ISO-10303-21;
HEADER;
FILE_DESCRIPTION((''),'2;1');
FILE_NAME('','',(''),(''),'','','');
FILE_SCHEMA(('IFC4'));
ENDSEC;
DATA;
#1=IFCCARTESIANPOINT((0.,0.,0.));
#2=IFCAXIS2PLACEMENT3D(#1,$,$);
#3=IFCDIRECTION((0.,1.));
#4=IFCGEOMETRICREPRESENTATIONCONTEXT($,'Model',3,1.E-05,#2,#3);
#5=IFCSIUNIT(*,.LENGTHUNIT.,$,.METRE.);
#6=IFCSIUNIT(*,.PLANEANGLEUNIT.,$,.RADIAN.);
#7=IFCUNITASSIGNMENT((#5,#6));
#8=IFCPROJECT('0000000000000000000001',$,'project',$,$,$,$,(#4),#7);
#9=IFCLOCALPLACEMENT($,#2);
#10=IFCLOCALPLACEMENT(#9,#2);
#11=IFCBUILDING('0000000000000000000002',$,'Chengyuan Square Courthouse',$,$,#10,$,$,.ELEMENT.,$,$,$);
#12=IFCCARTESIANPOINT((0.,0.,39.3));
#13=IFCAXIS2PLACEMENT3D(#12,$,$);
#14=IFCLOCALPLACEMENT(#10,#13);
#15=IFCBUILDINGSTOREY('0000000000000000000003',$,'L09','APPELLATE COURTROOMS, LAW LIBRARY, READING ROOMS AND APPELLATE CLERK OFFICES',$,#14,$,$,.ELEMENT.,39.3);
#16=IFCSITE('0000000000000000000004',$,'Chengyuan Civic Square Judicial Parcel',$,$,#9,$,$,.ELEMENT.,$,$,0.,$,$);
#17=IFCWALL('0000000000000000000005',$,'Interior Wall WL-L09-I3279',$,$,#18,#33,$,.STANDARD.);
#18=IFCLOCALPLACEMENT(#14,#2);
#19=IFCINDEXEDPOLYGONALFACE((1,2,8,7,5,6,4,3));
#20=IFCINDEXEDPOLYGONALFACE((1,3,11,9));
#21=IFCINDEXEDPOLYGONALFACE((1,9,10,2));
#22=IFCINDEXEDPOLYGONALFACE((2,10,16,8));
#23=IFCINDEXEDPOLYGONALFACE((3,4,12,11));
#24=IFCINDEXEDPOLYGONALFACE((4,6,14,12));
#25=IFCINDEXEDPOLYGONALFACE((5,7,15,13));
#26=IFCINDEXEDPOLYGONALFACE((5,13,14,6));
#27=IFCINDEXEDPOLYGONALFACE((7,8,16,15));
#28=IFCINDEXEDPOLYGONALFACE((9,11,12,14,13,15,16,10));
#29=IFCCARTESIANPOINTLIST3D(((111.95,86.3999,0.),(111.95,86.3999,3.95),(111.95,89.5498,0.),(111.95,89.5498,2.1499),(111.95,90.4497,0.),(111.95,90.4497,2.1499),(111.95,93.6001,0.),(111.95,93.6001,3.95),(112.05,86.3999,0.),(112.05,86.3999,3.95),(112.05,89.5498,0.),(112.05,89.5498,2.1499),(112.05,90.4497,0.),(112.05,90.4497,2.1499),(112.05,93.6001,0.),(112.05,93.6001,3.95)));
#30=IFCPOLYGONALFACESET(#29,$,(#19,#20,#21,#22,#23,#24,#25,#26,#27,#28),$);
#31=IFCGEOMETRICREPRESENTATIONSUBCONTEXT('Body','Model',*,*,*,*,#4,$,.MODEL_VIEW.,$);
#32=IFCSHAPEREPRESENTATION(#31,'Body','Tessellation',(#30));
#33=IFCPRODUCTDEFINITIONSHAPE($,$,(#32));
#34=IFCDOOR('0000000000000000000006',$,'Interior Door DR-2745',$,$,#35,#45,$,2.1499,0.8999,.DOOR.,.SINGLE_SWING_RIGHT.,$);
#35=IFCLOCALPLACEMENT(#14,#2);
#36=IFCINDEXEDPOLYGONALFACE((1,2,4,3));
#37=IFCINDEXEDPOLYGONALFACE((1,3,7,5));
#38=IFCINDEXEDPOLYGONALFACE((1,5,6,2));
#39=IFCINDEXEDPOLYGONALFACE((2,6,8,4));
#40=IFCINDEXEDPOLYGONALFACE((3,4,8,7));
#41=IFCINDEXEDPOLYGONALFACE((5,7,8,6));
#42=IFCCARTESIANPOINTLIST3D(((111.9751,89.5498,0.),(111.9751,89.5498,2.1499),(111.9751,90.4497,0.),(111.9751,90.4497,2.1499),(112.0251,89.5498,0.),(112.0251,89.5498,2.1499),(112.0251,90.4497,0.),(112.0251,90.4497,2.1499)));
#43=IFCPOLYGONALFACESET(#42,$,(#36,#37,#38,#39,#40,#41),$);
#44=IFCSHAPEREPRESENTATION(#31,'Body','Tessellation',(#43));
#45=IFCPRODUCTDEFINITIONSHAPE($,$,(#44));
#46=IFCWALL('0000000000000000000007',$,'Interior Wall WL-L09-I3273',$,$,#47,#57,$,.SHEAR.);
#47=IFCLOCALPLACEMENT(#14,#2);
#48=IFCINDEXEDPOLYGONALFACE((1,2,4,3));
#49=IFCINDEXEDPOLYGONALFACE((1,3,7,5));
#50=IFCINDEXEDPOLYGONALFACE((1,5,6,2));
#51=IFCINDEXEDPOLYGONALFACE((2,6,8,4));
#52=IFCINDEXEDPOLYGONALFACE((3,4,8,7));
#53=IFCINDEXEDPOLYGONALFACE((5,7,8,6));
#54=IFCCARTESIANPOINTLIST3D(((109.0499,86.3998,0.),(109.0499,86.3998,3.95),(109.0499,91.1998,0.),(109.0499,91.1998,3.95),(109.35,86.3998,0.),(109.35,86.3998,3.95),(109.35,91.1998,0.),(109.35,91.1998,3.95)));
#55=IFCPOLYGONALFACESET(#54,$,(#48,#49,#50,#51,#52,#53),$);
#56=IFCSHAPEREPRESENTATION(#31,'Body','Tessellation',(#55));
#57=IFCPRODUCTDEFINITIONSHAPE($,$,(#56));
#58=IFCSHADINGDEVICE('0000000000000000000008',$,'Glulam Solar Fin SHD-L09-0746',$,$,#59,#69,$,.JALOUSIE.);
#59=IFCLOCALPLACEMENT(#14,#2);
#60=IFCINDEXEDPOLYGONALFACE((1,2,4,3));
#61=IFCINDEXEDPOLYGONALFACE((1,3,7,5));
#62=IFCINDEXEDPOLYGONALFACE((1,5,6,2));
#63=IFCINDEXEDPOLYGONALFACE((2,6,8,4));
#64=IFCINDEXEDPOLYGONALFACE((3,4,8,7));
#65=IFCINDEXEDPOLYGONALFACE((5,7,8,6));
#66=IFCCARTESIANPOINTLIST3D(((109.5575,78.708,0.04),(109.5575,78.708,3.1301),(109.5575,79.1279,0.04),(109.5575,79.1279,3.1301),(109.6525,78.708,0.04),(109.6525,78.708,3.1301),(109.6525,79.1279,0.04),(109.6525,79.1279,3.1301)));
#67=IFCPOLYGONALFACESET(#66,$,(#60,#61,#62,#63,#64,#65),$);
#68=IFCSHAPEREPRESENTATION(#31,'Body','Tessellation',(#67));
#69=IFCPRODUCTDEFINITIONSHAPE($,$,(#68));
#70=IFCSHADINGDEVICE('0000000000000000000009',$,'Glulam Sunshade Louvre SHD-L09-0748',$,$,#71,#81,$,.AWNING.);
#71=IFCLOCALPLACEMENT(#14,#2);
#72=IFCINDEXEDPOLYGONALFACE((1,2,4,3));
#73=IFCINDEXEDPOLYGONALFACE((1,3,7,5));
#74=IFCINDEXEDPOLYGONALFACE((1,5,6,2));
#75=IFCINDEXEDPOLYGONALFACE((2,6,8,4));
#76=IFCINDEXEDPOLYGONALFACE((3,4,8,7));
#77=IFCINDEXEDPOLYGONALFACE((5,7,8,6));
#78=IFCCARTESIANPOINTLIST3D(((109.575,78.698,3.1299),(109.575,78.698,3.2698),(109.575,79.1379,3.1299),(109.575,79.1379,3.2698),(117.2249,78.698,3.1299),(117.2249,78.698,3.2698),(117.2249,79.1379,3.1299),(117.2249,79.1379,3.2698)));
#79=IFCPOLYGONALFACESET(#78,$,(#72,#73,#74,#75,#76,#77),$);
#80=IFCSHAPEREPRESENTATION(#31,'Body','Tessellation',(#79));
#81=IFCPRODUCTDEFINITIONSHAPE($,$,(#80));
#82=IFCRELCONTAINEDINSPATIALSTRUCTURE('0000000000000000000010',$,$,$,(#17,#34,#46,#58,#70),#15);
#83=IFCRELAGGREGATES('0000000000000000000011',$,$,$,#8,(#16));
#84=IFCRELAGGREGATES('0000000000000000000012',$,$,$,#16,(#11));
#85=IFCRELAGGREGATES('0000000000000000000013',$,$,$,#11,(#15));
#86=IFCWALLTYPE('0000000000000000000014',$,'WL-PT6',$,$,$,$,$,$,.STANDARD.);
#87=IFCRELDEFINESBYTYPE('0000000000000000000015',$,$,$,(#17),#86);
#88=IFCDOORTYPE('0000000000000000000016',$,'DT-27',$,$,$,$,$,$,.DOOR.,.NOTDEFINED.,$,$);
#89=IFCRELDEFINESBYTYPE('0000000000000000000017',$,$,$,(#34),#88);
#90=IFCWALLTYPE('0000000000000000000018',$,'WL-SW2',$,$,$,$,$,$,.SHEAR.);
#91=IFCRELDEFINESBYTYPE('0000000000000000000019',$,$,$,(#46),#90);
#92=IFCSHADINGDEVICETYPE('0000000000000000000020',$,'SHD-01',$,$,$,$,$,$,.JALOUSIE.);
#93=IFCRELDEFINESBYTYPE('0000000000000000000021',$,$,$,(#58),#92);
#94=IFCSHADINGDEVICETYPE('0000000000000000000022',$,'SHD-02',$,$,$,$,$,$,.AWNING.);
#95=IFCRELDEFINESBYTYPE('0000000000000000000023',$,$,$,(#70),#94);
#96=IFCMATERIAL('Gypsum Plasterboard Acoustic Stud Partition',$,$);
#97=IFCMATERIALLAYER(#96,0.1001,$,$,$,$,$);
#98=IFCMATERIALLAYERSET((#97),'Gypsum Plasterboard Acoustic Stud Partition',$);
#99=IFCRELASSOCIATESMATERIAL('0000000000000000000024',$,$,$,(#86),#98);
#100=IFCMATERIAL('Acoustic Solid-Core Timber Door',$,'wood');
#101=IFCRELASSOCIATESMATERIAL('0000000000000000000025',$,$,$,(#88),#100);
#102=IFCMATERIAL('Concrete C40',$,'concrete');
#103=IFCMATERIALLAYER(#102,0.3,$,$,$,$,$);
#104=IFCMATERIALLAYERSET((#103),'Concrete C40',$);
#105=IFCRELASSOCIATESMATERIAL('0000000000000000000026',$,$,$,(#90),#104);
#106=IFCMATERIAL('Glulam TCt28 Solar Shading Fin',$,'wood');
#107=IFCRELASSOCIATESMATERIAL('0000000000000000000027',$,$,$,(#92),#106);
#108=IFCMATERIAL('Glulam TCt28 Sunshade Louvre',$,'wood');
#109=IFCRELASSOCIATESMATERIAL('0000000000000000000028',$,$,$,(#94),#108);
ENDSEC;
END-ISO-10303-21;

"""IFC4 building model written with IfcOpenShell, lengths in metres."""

from ifc_helpers import new_model, si_unit, direction, frame, frame_2d, origin, origin_2d, place, context, subcontext, project, spatial, rectangle, extrude, material, layer, layer_set, type_object, element, fill, save


model = new_model("IFC4")

# Units and contexts
model_context = context("Model", 3, precision=1e-05, world=origin(), true_north=direction((0.0, 1.0)))
body_context = subcontext(model_context, "Body", "Model", "MODEL_VIEW")
ifc_project = project(units=[si_unit("LENGTHUNIT", "METRE"), si_unit("PLANEANGLEUNIT", "RADIAN")], contexts=[model_context])

# Site, building, storey
site_placement = place(None, origin())
site = spatial("IfcSite", under=ifc_project, at=site_placement, Name="Chengyuan Civic Square Judicial Parcel", CompositionType="ELEMENT", RefElevation=0.0)
building_placement = place(site_placement, origin())
building = spatial("IfcBuilding", under=site, at=building_placement, Name="Chengyuan Square Courthouse", CompositionType="ELEMENT")
storey_placement = place(building_placement, frame((0.0, 0.0, 39.3)))
storey = spatial("IfcBuildingStorey", under=building, at=storey_placement, Name="L09", Description="APPELLATE COURTROOMS, LAW LIBRARY, READING ROOMS AND APPELLATE CLERK OFFICES", CompositionType="ELEMENT", Elevation=39.3)

# Shared definitions
ifc_material_1 = material(Name="Concrete C40", Category="concrete")

# Shared definitions
ifc_material_2 = material(Name="Gypsum Plasterboard Acoustic Stud Partition")
ifc_layer_1 = layer(ifc_material_2, 0.1001)
ifc_layer_set_1 = layer_set([ifc_layer_1], Name="Gypsum Plasterboard Acoustic Stud Partition")
wall_type_1 = type_object("IfcWallType", Name="WL-PT6", PredefinedType="STANDARD", material=ifc_layer_set_1)
ifc_material_3 = material(Name="Acoustic Solid-Core Timber Door", Category="wood")

# Wall, opening, door
wall_1_placement = place(storey_placement, frame((112.0, 86.3999, 0.0), z_axis=(0.0, 0.0, 1.0), x_axis=(0.0, 1.0, 0.0)))
wall_1 = element("IfcWall", 1, at=wall_1_placement, inside=storey, type_object=wall_type_1, Name="Interior Wall WL-L09-I3279", PredefinedType="STANDARD", context=body_context, shape_type="SweptSolid", body=[
    extrude(rectangle(XDim=7.2002, YDim=0.1001, at=frame_2d((3.6001, 0.0))), origin(), (0.0, 0.0, 1.0), 3.95),
])
opening_1_placement = place(wall_1_placement, frame((3.1499, 0.0, 0.0)))
opening_1 = element("IfcOpeningElement", 2, at=opening_1_placement, cuts=wall_1, PredefinedType="OPENING", context=body_context, shape_type="SweptSolid", body=[
    extrude(rectangle(XDim=0.8999, YDim=2.1499, at=frame_2d((0.45, 1.075))), frame((0.0, 0.062, 0.0), z_axis=(0.0, -1.0, 0.0), x_axis=(1.0, 0.0, 0.0)), (0.0, 0.0, 1.0), 0.124),
])
door_type_1 = type_object("IfcDoorType", Name="DT-27", OperationType="NOTDEFINED", PredefinedType="DOOR", material=ifc_material_3)
door_1_placement = place(opening_1_placement, origin())
door_1 = element("IfcDoor", 3, at=door_1_placement, inside=storey, type_object=door_type_1, Name="Interior Door DR-2745", OperationType="SINGLE_SWING_RIGHT", OverallHeight=2.1499, OverallWidth=0.8999, PredefinedType="DOOR", context=body_context, shape_type="SweptSolid", body=[
    extrude(rectangle(XDim=0.8999, YDim=2.1499, at=frame_2d((0.45, 1.075))), frame((0.0, 0.0249, 0.0), z_axis=(0.0, -1.0, 0.0), x_axis=(1.0, 0.0, 0.0)), (0.0, 0.0, 1.0), 0.05),
])
fill(opening_1, door_1)

# Wall
ifc_layer_2 = layer(ifc_material_1, 0.3)
ifc_layer_set_2 = layer_set([ifc_layer_2], Name="Concrete C40")
wall_type_2 = type_object("IfcWallType", Name="WL-SW2", PredefinedType="SHEAR", material=ifc_layer_set_2)
wall_2_placement = place(storey_placement, frame((109.2, 86.3999, 0.0), z_axis=(0.0, 0.0, 1.0), x_axis=(0.0, 1.0, 0.0)))
element("IfcWall", 4, at=wall_2_placement, inside=storey, type_object=wall_type_2, Name="Interior Wall WL-L09-I3273", PredefinedType="SHEAR", context=body_context, shape_type="SweptSolid", body=[
    extrude(rectangle(XDim=4.8, YDim=0.3, at=frame_2d((2.3999, 0.0))), origin(), (0.0, 0.0, 1.0), 3.95),
])

# Shading devices
ifc_material_4 = material(Name="Glulam TCt28 Solar Shading Fin", Category="wood")
shading_device_type_1 = type_object("IfcShadingDeviceType", Name="SHD-01", PredefinedType="JALOUSIE", material=ifc_material_4)
shading_device_1_placement = place(storey_placement, frame((109.605, 78.918, 0.04), z_axis=(0.0, 0.0, 1.0), x_axis=(0.0, 1.0, 0.0)))
element("IfcShadingDevice", 5, at=shading_device_1_placement, inside=storey, type_object=shading_device_type_1, Name="Glulam Solar Fin SHD-L09-0746", PredefinedType="JALOUSIE", context=body_context, shape_type="SweptSolid", body=[
    extrude(rectangle(XDim=0.4199, YDim=0.095, at=origin_2d()), origin(), (0.0, 0.0, 1.0), 3.0901),
])
ifc_material_5 = material(Name="Glulam TCt28 Sunshade Louvre", Category="wood")
shading_device_type_2 = type_object("IfcShadingDeviceType", Name="SHD-02", PredefinedType="AWNING", material=ifc_material_5)
shading_device_2_placement = place(storey_placement, frame((113.3999, 78.918, 3.1299), z_axis=(0.0, 0.0, 1.0), x_axis=(1.0, 0.0, 0.0)))
element("IfcShadingDevice", 6, at=shading_device_2_placement, inside=storey, type_object=shading_device_type_2, Name="Glulam Sunshade Louvre SHD-L09-0748", PredefinedType="AWNING", context=body_context, shape_type="SweptSolid", body=[
    extrude(rectangle(XDim=7.6499, YDim=0.4399, at=origin_2d()), origin(), (0.0, 0.0, 1.0), 0.1399),
])

save(model, "model.ifc")
